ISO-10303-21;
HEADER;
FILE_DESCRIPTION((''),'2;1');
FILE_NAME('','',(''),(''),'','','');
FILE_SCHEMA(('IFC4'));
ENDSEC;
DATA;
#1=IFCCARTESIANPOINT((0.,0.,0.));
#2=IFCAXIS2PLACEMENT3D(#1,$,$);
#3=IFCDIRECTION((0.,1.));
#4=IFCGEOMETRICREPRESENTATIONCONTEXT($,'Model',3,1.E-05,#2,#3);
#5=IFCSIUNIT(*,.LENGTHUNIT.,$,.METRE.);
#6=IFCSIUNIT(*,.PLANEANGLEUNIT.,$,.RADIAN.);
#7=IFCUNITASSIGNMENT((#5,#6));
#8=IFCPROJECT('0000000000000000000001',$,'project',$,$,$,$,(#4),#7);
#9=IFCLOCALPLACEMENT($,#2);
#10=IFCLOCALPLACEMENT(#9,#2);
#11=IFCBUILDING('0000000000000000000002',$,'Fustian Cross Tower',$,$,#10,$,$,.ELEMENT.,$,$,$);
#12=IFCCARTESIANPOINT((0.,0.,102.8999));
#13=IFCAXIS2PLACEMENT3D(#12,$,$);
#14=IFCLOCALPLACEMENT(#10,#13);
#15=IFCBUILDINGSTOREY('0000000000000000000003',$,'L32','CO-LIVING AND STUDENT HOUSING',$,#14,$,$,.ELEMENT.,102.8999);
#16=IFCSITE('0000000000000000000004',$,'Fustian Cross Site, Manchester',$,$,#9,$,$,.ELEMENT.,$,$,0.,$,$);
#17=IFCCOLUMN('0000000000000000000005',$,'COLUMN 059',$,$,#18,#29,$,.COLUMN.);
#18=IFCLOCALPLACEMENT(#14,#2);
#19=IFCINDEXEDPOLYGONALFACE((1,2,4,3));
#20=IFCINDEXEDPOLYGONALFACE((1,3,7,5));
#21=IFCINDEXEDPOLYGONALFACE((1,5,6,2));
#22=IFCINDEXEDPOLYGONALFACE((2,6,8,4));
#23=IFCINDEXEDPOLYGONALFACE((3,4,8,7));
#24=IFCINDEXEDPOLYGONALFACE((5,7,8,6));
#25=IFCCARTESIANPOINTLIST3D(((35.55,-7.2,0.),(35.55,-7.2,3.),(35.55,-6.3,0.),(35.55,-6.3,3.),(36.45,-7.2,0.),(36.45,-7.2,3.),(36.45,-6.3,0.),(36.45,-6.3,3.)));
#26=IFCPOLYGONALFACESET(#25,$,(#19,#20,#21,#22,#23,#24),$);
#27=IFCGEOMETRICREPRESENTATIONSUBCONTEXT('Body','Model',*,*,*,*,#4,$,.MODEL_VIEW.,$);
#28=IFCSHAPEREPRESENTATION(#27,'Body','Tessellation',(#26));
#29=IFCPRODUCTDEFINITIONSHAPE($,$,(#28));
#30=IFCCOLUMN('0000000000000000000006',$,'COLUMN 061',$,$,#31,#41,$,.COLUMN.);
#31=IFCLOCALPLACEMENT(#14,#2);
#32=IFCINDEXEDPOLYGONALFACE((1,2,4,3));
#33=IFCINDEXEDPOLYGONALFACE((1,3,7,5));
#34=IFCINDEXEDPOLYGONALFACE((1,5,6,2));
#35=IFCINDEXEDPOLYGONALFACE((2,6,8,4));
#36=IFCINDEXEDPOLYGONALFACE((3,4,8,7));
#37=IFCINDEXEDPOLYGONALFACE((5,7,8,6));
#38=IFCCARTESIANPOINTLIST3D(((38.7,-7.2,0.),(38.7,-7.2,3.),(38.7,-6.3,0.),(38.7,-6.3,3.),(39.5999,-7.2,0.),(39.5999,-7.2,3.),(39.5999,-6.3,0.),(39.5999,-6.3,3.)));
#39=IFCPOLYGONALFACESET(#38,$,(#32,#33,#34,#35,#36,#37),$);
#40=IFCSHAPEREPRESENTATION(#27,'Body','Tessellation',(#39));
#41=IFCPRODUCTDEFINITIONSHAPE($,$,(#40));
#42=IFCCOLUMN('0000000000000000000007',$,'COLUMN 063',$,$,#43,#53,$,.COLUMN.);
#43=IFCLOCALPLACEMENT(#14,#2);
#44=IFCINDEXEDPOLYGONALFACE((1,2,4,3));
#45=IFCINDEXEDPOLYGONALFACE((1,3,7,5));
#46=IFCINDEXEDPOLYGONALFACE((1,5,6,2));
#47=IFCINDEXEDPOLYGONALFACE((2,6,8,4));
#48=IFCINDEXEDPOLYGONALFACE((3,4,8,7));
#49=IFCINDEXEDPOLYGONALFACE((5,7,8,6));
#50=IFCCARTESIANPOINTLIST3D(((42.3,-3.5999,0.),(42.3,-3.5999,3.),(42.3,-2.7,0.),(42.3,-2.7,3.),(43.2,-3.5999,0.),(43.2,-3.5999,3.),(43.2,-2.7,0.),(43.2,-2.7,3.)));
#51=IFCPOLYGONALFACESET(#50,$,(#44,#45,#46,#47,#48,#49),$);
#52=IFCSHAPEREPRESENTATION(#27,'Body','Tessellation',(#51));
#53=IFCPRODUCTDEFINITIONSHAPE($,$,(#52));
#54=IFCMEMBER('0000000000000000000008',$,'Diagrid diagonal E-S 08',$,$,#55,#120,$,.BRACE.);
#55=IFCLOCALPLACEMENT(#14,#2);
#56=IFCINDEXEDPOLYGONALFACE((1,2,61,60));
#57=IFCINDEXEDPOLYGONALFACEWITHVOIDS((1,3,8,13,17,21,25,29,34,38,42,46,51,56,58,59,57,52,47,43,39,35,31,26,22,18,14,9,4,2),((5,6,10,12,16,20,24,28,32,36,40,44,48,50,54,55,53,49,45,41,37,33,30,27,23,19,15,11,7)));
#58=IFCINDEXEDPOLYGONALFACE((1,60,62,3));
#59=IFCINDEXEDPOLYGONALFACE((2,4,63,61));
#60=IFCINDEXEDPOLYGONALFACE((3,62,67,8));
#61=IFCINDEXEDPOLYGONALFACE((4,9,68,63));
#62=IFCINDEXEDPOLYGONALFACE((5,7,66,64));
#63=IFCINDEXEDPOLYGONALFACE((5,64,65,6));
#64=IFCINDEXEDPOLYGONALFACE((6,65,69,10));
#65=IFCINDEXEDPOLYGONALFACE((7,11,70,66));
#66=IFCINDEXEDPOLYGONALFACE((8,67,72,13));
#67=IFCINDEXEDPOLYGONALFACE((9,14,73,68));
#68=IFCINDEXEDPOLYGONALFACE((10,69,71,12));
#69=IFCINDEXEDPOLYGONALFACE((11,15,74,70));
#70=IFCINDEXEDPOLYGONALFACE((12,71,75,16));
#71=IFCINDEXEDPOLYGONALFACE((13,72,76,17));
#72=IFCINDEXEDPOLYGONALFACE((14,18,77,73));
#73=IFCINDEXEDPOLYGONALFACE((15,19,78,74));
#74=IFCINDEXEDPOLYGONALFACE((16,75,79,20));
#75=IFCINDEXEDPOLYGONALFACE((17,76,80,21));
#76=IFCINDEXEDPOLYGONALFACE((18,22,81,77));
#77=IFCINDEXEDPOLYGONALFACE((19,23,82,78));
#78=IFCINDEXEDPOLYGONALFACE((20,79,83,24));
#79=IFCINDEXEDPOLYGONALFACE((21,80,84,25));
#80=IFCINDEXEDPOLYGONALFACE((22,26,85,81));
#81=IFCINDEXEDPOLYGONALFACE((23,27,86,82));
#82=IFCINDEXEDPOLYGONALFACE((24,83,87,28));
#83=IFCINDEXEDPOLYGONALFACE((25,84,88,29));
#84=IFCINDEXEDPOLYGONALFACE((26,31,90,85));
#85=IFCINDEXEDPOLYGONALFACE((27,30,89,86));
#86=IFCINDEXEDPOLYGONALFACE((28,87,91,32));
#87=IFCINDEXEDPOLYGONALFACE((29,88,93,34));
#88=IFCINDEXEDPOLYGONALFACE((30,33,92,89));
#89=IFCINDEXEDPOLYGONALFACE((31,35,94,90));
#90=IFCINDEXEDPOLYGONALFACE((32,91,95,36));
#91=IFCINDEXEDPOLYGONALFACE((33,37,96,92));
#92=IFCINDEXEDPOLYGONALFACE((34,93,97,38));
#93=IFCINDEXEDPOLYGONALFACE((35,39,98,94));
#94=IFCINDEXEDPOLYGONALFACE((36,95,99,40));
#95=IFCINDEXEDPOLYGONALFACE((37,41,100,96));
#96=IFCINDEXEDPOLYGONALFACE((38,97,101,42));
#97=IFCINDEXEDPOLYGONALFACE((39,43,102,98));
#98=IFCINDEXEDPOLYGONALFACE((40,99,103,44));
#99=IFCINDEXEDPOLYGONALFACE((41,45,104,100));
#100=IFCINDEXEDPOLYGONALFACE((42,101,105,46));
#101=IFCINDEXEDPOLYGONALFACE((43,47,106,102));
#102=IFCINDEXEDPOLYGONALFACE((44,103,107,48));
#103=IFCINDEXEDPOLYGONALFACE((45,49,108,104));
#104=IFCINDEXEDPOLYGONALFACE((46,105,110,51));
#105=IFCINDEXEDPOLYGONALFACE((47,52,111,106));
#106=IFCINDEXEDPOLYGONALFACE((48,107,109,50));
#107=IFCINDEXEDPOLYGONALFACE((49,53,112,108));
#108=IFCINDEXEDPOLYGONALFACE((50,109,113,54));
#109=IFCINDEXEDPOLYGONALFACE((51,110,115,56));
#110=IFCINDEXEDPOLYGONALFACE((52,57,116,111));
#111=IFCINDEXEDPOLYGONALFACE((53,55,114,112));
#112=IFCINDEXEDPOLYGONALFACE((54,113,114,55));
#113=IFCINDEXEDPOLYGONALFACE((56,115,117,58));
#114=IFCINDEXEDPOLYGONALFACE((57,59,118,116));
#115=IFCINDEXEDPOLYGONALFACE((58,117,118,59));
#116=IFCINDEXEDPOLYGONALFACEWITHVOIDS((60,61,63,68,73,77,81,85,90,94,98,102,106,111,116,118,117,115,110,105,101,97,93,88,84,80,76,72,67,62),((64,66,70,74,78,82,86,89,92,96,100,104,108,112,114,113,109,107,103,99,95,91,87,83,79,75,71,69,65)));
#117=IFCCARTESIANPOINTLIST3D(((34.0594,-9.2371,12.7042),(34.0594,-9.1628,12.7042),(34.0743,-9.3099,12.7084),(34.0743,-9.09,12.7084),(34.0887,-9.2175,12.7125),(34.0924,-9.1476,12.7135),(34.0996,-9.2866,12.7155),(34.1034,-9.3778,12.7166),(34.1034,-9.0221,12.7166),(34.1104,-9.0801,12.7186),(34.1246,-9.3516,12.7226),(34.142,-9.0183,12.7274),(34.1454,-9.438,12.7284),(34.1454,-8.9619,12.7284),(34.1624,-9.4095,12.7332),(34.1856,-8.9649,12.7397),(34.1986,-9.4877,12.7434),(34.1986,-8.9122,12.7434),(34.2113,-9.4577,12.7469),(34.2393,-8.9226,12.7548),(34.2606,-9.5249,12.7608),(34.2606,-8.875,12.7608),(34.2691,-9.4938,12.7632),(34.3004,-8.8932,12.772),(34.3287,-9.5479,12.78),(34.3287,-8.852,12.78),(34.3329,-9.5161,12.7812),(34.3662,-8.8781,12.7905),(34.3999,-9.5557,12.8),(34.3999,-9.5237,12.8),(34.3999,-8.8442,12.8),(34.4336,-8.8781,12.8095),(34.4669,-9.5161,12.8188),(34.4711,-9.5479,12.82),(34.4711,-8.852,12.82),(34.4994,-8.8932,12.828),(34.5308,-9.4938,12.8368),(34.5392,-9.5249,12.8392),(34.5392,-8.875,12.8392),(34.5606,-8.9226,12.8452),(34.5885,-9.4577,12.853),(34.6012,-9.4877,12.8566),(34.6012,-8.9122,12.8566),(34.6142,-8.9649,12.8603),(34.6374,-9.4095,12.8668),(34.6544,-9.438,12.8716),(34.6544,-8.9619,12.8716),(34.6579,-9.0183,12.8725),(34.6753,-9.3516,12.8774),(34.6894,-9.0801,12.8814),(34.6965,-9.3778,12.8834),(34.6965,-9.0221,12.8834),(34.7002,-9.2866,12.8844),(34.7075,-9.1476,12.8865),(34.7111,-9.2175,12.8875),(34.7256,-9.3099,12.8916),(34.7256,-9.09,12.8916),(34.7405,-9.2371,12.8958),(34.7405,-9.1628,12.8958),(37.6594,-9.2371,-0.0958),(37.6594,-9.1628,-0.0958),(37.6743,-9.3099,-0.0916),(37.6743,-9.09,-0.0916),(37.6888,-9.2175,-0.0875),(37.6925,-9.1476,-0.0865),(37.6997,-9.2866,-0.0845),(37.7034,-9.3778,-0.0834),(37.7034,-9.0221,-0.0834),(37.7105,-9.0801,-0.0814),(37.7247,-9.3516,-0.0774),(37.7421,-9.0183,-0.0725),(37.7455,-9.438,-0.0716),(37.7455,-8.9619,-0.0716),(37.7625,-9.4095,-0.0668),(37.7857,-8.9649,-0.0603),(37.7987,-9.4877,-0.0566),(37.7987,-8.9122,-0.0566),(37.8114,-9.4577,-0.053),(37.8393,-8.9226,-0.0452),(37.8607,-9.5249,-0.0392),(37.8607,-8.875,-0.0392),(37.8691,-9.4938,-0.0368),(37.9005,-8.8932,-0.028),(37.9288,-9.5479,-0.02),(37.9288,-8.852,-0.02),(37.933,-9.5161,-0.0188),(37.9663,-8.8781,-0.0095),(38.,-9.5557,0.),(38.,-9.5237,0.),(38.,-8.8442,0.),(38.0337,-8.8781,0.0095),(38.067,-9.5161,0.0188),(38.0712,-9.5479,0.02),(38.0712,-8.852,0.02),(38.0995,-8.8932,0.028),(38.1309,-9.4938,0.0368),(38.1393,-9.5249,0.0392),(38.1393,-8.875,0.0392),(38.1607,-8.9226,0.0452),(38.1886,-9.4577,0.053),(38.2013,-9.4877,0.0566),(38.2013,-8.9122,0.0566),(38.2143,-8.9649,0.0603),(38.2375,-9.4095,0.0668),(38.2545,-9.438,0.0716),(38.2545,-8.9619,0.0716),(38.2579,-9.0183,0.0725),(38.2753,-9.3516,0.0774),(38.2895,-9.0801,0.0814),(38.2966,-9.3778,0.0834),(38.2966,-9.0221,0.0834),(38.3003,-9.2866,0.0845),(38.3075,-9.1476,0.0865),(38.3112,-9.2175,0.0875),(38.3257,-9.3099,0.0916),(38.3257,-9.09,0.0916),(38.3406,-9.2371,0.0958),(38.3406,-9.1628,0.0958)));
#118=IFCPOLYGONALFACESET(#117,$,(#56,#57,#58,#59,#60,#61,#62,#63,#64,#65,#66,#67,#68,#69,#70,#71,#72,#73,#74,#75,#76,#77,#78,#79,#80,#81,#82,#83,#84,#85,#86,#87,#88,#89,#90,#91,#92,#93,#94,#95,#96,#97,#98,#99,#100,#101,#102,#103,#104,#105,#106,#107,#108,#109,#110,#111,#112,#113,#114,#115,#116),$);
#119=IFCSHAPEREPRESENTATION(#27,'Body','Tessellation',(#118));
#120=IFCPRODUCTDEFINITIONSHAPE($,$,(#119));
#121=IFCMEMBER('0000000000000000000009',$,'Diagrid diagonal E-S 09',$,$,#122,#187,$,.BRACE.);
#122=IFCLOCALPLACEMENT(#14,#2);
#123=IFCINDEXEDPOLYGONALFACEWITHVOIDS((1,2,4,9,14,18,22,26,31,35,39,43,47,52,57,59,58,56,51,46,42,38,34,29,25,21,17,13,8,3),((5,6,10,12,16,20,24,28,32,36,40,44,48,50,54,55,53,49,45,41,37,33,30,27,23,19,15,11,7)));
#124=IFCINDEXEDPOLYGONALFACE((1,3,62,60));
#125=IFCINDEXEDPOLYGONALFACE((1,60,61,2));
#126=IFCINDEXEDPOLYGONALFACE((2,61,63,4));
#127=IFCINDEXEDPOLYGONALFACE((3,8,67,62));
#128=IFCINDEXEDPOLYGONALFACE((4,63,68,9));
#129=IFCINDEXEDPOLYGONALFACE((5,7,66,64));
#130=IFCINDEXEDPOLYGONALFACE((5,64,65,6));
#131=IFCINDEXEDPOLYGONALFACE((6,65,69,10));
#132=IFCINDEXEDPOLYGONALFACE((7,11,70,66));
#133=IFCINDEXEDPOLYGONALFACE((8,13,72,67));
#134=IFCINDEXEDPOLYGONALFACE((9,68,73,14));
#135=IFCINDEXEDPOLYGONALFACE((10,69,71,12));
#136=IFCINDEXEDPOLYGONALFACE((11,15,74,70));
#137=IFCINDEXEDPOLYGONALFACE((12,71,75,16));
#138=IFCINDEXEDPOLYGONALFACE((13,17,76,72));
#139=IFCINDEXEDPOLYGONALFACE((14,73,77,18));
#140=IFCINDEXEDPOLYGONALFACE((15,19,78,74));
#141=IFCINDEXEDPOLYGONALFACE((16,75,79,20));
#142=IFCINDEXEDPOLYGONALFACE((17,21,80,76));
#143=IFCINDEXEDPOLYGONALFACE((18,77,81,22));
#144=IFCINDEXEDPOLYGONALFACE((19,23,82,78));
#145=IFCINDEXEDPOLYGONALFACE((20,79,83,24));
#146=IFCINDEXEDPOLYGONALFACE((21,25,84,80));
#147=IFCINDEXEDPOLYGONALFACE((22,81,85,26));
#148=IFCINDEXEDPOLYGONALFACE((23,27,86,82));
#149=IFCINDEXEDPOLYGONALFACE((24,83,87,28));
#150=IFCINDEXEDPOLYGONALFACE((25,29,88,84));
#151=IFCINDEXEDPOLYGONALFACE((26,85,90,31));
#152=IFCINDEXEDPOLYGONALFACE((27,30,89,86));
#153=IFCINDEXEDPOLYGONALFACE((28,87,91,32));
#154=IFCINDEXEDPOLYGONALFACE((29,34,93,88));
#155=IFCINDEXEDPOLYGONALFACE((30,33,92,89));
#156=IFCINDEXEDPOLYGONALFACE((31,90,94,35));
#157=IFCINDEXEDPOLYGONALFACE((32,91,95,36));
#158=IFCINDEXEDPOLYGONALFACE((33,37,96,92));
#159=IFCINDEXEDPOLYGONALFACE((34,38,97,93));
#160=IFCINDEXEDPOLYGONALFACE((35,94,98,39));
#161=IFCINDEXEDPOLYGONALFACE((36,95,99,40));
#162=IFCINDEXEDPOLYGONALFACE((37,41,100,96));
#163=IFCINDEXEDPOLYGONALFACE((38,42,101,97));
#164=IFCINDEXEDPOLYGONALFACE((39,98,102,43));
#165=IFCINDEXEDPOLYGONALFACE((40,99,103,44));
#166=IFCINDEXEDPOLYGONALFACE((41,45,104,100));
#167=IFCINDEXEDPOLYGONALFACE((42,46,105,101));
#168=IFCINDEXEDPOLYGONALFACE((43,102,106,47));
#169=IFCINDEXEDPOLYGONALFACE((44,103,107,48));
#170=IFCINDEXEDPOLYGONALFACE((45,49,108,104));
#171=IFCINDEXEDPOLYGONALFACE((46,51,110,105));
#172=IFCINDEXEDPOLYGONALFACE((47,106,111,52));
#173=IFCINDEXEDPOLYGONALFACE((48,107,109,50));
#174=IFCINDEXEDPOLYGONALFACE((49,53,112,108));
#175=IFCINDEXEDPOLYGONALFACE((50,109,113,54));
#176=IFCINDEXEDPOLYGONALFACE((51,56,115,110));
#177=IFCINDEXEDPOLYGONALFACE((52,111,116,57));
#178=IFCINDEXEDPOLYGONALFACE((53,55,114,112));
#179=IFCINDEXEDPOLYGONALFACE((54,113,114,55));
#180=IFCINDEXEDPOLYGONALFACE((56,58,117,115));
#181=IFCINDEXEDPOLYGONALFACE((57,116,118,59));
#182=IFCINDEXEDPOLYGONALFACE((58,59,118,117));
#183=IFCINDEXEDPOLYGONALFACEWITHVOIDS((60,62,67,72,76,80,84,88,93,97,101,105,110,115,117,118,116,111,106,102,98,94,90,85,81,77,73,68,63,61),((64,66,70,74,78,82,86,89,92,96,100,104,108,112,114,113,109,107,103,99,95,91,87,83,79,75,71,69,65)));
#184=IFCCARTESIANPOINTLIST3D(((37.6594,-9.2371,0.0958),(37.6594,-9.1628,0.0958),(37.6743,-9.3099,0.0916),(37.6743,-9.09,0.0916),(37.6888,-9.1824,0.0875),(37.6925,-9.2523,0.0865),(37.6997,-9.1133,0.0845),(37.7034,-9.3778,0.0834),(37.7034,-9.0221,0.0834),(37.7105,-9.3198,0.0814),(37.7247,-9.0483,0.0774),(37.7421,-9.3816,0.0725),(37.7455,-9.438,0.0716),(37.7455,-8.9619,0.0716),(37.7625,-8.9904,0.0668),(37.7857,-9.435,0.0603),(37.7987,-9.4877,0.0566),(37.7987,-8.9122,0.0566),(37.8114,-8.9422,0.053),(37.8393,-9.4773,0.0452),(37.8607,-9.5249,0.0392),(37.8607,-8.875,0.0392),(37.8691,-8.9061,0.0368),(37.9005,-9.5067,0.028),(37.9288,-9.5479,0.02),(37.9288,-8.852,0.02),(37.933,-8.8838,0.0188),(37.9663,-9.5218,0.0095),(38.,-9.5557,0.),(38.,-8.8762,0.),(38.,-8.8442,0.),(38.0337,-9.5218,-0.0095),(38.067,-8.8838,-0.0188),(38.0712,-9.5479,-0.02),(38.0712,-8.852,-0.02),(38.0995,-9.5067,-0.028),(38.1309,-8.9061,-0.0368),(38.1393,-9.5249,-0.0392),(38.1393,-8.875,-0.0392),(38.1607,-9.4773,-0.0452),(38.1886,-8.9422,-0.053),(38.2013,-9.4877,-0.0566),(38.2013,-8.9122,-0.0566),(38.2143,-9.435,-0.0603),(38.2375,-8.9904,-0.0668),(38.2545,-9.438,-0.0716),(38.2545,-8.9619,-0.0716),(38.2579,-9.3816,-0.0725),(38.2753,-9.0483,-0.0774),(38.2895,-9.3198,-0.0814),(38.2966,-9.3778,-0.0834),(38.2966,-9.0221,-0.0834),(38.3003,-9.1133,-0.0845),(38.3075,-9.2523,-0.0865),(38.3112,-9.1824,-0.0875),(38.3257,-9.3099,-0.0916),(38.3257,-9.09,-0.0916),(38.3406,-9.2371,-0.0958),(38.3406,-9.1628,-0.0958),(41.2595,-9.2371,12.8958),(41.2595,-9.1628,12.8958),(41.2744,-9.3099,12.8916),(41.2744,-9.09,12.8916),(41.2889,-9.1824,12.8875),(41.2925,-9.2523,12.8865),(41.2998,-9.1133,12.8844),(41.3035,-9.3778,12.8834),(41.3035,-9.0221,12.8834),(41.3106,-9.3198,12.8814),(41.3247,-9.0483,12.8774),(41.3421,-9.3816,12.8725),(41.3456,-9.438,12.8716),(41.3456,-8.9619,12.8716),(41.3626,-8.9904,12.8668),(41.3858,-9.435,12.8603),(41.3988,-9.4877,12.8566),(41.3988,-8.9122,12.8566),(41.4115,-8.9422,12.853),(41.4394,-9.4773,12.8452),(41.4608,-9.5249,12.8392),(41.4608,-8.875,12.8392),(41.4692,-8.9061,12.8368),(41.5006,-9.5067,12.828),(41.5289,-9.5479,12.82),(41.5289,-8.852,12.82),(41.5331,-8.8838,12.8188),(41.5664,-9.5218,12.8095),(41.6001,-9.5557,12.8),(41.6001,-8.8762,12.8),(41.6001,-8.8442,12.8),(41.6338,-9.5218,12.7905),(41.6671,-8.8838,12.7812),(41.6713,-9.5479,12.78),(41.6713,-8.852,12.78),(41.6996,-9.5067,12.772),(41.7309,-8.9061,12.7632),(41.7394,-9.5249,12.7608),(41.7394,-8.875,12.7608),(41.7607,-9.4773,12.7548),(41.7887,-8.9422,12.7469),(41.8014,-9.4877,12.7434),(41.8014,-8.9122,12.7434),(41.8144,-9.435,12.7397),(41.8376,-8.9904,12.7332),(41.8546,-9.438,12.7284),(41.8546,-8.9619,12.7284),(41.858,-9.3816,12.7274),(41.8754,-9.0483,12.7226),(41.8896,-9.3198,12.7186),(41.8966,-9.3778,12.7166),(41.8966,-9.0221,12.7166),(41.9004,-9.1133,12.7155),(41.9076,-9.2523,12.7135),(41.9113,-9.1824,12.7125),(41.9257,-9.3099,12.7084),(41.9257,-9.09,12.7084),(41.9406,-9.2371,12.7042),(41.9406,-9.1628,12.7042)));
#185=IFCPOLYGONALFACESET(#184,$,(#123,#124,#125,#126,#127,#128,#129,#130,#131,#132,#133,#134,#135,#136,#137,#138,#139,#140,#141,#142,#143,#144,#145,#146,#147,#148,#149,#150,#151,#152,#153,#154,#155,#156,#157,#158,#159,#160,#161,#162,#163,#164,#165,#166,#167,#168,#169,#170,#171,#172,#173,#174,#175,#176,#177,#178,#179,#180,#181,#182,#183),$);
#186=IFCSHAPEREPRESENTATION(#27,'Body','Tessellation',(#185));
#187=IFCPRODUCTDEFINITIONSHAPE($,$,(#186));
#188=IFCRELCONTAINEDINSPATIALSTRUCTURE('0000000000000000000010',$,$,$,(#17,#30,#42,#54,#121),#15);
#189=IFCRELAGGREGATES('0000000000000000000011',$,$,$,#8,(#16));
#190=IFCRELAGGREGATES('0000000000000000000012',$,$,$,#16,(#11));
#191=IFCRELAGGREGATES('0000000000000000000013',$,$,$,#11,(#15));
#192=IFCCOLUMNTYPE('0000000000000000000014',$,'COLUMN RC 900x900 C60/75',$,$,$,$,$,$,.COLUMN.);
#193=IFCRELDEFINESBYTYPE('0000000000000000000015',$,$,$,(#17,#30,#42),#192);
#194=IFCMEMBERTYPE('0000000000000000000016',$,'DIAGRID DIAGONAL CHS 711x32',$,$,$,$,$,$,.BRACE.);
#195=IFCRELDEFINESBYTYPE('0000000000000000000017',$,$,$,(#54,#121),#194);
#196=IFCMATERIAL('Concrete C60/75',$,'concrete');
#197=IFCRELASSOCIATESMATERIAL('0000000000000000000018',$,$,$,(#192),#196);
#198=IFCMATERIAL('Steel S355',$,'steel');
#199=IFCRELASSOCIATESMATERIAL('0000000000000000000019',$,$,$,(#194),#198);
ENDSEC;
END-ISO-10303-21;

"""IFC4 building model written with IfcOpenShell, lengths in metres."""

from ifc_helpers import new_model, si_unit, direction, frame, origin, origin_2d, place, context, subcontext, project, spatial, rectangle, hollow_circle, extrude, material, material_profile, profile_set, type_object, element, save


model = new_model("IFC4")

# Units and contexts
model_context = context("Model", 3, precision=1e-05, world=origin(), true_north=direction((0.0, 1.0)))
body_context = subcontext(model_context, "Body", "Model", "MODEL_VIEW")
ifc_project = project(units=[si_unit("LENGTHUNIT", "METRE"), si_unit("PLANEANGLEUNIT", "RADIAN")], contexts=[model_context])

# Site, building, storey
site_placement = place(None, origin())
site = spatial("IfcSite", under=ifc_project, at=site_placement, Name="Fustian Cross Site, Manchester", CompositionType="ELEMENT", RefElevation=0.0)
building_placement = place(site_placement, origin())
building = spatial("IfcBuilding", under=site, at=building_placement, Name="Fustian Cross Tower", CompositionType="ELEMENT")
storey_placement = place(building_placement, frame((0.0, 0.0, 102.8999)))
storey = spatial("IfcBuildingStorey", under=building, at=storey_placement, Name="L32", Description="CO-LIVING AND STUDENT HOUSING", CompositionType="ELEMENT", Elevation=102.8999)

# Columns
ifc_material_1 = material(Name="Concrete C60/75", Category="concrete")
ifc_material_profile_1 = material_profile(ifc_material_1, rectangle(XDim=0.8999, YDim=0.8999, at=origin_2d()), Name="RC 900x900")
ifc_profile_set_1 = profile_set([ifc_material_profile_1], Name="Concrete C60/75")
column_type = type_object("IfcColumnType", Name="COLUMN RC 900x900 C60/75", PredefinedType="COLUMN", material=ifc_profile_set_1)
for number, where, z_axis, x_axis, name in (
    (1, (36.0, -6.75, 0.0), (0.0, 0.0, 1.0), (1.0, 0.0, 0.0), "COLUMN 059"),
    (2, (39.1499, -6.75, 0.0), (0.0, 0.0, 1.0), (1.0, 0.0, 0.0), "COLUMN 061"),
    (3, (42.75, -3.1499, 0.0), (0.0, 0.0, 1.0), (1.0, 0.0, 0.0), "COLUMN 063"),
):
    element("IfcColumn", number, at=place(storey_placement, frame(where, z_axis=z_axis, x_axis=x_axis)), inside=storey, type_object=column_type, Name=name, PredefinedType="COLUMN", context=body_context, shape_type="SweptSolid", body=[
        extrude(rectangle(XDim=0.8999, YDim=0.8999, at=origin_2d()), origin(), (0.0, 0.0, 1.0), 3.0),
    ])

# Members
ifc_material_2 = material(Name="Steel S355", Category="steel")
ifc_material_profile_2 = material_profile(ifc_material_2, hollow_circle(Radius=0.3557, WallThickness=0.032, at=origin_2d()), Name="CHS 711x32")
ifc_profile_set_2 = profile_set([ifc_material_profile_2], Name="Steel S355")
member_type_1 = type_object("IfcMemberType", Name="DIAGRID DIAGONAL CHS 711x32", PredefinedType="BRACE", material=ifc_profile_set_2)
for number, where, z_axis, x_axis, name in (
    (4, (38.0, -9.2, 0.0), (-0.270751, 0.0, 0.962649), (0.0, -1.0, 0.0), "Diagrid diagonal E-S 08"),
    (5, (38.0, -9.2, 0.0), (0.270751, 0.0, 0.962649), (0.0, 1.0, 0.0), "Diagrid diagonal E-S 09"),
):
    element("IfcMember", number, at=place(storey_placement, frame(where, z_axis=z_axis, x_axis=x_axis)), inside=storey, type_object=member_type_1, Name=name, PredefinedType="BRACE", context=body_context, shape_type="SweptSolid", body=[
        extrude(hollow_circle(Radius=0.3557, WallThickness=0.032, at=origin_2d()), origin(), (0.0, 0.0, 1.0), 13.2966),
    ])

save(model, "model.ifc")
